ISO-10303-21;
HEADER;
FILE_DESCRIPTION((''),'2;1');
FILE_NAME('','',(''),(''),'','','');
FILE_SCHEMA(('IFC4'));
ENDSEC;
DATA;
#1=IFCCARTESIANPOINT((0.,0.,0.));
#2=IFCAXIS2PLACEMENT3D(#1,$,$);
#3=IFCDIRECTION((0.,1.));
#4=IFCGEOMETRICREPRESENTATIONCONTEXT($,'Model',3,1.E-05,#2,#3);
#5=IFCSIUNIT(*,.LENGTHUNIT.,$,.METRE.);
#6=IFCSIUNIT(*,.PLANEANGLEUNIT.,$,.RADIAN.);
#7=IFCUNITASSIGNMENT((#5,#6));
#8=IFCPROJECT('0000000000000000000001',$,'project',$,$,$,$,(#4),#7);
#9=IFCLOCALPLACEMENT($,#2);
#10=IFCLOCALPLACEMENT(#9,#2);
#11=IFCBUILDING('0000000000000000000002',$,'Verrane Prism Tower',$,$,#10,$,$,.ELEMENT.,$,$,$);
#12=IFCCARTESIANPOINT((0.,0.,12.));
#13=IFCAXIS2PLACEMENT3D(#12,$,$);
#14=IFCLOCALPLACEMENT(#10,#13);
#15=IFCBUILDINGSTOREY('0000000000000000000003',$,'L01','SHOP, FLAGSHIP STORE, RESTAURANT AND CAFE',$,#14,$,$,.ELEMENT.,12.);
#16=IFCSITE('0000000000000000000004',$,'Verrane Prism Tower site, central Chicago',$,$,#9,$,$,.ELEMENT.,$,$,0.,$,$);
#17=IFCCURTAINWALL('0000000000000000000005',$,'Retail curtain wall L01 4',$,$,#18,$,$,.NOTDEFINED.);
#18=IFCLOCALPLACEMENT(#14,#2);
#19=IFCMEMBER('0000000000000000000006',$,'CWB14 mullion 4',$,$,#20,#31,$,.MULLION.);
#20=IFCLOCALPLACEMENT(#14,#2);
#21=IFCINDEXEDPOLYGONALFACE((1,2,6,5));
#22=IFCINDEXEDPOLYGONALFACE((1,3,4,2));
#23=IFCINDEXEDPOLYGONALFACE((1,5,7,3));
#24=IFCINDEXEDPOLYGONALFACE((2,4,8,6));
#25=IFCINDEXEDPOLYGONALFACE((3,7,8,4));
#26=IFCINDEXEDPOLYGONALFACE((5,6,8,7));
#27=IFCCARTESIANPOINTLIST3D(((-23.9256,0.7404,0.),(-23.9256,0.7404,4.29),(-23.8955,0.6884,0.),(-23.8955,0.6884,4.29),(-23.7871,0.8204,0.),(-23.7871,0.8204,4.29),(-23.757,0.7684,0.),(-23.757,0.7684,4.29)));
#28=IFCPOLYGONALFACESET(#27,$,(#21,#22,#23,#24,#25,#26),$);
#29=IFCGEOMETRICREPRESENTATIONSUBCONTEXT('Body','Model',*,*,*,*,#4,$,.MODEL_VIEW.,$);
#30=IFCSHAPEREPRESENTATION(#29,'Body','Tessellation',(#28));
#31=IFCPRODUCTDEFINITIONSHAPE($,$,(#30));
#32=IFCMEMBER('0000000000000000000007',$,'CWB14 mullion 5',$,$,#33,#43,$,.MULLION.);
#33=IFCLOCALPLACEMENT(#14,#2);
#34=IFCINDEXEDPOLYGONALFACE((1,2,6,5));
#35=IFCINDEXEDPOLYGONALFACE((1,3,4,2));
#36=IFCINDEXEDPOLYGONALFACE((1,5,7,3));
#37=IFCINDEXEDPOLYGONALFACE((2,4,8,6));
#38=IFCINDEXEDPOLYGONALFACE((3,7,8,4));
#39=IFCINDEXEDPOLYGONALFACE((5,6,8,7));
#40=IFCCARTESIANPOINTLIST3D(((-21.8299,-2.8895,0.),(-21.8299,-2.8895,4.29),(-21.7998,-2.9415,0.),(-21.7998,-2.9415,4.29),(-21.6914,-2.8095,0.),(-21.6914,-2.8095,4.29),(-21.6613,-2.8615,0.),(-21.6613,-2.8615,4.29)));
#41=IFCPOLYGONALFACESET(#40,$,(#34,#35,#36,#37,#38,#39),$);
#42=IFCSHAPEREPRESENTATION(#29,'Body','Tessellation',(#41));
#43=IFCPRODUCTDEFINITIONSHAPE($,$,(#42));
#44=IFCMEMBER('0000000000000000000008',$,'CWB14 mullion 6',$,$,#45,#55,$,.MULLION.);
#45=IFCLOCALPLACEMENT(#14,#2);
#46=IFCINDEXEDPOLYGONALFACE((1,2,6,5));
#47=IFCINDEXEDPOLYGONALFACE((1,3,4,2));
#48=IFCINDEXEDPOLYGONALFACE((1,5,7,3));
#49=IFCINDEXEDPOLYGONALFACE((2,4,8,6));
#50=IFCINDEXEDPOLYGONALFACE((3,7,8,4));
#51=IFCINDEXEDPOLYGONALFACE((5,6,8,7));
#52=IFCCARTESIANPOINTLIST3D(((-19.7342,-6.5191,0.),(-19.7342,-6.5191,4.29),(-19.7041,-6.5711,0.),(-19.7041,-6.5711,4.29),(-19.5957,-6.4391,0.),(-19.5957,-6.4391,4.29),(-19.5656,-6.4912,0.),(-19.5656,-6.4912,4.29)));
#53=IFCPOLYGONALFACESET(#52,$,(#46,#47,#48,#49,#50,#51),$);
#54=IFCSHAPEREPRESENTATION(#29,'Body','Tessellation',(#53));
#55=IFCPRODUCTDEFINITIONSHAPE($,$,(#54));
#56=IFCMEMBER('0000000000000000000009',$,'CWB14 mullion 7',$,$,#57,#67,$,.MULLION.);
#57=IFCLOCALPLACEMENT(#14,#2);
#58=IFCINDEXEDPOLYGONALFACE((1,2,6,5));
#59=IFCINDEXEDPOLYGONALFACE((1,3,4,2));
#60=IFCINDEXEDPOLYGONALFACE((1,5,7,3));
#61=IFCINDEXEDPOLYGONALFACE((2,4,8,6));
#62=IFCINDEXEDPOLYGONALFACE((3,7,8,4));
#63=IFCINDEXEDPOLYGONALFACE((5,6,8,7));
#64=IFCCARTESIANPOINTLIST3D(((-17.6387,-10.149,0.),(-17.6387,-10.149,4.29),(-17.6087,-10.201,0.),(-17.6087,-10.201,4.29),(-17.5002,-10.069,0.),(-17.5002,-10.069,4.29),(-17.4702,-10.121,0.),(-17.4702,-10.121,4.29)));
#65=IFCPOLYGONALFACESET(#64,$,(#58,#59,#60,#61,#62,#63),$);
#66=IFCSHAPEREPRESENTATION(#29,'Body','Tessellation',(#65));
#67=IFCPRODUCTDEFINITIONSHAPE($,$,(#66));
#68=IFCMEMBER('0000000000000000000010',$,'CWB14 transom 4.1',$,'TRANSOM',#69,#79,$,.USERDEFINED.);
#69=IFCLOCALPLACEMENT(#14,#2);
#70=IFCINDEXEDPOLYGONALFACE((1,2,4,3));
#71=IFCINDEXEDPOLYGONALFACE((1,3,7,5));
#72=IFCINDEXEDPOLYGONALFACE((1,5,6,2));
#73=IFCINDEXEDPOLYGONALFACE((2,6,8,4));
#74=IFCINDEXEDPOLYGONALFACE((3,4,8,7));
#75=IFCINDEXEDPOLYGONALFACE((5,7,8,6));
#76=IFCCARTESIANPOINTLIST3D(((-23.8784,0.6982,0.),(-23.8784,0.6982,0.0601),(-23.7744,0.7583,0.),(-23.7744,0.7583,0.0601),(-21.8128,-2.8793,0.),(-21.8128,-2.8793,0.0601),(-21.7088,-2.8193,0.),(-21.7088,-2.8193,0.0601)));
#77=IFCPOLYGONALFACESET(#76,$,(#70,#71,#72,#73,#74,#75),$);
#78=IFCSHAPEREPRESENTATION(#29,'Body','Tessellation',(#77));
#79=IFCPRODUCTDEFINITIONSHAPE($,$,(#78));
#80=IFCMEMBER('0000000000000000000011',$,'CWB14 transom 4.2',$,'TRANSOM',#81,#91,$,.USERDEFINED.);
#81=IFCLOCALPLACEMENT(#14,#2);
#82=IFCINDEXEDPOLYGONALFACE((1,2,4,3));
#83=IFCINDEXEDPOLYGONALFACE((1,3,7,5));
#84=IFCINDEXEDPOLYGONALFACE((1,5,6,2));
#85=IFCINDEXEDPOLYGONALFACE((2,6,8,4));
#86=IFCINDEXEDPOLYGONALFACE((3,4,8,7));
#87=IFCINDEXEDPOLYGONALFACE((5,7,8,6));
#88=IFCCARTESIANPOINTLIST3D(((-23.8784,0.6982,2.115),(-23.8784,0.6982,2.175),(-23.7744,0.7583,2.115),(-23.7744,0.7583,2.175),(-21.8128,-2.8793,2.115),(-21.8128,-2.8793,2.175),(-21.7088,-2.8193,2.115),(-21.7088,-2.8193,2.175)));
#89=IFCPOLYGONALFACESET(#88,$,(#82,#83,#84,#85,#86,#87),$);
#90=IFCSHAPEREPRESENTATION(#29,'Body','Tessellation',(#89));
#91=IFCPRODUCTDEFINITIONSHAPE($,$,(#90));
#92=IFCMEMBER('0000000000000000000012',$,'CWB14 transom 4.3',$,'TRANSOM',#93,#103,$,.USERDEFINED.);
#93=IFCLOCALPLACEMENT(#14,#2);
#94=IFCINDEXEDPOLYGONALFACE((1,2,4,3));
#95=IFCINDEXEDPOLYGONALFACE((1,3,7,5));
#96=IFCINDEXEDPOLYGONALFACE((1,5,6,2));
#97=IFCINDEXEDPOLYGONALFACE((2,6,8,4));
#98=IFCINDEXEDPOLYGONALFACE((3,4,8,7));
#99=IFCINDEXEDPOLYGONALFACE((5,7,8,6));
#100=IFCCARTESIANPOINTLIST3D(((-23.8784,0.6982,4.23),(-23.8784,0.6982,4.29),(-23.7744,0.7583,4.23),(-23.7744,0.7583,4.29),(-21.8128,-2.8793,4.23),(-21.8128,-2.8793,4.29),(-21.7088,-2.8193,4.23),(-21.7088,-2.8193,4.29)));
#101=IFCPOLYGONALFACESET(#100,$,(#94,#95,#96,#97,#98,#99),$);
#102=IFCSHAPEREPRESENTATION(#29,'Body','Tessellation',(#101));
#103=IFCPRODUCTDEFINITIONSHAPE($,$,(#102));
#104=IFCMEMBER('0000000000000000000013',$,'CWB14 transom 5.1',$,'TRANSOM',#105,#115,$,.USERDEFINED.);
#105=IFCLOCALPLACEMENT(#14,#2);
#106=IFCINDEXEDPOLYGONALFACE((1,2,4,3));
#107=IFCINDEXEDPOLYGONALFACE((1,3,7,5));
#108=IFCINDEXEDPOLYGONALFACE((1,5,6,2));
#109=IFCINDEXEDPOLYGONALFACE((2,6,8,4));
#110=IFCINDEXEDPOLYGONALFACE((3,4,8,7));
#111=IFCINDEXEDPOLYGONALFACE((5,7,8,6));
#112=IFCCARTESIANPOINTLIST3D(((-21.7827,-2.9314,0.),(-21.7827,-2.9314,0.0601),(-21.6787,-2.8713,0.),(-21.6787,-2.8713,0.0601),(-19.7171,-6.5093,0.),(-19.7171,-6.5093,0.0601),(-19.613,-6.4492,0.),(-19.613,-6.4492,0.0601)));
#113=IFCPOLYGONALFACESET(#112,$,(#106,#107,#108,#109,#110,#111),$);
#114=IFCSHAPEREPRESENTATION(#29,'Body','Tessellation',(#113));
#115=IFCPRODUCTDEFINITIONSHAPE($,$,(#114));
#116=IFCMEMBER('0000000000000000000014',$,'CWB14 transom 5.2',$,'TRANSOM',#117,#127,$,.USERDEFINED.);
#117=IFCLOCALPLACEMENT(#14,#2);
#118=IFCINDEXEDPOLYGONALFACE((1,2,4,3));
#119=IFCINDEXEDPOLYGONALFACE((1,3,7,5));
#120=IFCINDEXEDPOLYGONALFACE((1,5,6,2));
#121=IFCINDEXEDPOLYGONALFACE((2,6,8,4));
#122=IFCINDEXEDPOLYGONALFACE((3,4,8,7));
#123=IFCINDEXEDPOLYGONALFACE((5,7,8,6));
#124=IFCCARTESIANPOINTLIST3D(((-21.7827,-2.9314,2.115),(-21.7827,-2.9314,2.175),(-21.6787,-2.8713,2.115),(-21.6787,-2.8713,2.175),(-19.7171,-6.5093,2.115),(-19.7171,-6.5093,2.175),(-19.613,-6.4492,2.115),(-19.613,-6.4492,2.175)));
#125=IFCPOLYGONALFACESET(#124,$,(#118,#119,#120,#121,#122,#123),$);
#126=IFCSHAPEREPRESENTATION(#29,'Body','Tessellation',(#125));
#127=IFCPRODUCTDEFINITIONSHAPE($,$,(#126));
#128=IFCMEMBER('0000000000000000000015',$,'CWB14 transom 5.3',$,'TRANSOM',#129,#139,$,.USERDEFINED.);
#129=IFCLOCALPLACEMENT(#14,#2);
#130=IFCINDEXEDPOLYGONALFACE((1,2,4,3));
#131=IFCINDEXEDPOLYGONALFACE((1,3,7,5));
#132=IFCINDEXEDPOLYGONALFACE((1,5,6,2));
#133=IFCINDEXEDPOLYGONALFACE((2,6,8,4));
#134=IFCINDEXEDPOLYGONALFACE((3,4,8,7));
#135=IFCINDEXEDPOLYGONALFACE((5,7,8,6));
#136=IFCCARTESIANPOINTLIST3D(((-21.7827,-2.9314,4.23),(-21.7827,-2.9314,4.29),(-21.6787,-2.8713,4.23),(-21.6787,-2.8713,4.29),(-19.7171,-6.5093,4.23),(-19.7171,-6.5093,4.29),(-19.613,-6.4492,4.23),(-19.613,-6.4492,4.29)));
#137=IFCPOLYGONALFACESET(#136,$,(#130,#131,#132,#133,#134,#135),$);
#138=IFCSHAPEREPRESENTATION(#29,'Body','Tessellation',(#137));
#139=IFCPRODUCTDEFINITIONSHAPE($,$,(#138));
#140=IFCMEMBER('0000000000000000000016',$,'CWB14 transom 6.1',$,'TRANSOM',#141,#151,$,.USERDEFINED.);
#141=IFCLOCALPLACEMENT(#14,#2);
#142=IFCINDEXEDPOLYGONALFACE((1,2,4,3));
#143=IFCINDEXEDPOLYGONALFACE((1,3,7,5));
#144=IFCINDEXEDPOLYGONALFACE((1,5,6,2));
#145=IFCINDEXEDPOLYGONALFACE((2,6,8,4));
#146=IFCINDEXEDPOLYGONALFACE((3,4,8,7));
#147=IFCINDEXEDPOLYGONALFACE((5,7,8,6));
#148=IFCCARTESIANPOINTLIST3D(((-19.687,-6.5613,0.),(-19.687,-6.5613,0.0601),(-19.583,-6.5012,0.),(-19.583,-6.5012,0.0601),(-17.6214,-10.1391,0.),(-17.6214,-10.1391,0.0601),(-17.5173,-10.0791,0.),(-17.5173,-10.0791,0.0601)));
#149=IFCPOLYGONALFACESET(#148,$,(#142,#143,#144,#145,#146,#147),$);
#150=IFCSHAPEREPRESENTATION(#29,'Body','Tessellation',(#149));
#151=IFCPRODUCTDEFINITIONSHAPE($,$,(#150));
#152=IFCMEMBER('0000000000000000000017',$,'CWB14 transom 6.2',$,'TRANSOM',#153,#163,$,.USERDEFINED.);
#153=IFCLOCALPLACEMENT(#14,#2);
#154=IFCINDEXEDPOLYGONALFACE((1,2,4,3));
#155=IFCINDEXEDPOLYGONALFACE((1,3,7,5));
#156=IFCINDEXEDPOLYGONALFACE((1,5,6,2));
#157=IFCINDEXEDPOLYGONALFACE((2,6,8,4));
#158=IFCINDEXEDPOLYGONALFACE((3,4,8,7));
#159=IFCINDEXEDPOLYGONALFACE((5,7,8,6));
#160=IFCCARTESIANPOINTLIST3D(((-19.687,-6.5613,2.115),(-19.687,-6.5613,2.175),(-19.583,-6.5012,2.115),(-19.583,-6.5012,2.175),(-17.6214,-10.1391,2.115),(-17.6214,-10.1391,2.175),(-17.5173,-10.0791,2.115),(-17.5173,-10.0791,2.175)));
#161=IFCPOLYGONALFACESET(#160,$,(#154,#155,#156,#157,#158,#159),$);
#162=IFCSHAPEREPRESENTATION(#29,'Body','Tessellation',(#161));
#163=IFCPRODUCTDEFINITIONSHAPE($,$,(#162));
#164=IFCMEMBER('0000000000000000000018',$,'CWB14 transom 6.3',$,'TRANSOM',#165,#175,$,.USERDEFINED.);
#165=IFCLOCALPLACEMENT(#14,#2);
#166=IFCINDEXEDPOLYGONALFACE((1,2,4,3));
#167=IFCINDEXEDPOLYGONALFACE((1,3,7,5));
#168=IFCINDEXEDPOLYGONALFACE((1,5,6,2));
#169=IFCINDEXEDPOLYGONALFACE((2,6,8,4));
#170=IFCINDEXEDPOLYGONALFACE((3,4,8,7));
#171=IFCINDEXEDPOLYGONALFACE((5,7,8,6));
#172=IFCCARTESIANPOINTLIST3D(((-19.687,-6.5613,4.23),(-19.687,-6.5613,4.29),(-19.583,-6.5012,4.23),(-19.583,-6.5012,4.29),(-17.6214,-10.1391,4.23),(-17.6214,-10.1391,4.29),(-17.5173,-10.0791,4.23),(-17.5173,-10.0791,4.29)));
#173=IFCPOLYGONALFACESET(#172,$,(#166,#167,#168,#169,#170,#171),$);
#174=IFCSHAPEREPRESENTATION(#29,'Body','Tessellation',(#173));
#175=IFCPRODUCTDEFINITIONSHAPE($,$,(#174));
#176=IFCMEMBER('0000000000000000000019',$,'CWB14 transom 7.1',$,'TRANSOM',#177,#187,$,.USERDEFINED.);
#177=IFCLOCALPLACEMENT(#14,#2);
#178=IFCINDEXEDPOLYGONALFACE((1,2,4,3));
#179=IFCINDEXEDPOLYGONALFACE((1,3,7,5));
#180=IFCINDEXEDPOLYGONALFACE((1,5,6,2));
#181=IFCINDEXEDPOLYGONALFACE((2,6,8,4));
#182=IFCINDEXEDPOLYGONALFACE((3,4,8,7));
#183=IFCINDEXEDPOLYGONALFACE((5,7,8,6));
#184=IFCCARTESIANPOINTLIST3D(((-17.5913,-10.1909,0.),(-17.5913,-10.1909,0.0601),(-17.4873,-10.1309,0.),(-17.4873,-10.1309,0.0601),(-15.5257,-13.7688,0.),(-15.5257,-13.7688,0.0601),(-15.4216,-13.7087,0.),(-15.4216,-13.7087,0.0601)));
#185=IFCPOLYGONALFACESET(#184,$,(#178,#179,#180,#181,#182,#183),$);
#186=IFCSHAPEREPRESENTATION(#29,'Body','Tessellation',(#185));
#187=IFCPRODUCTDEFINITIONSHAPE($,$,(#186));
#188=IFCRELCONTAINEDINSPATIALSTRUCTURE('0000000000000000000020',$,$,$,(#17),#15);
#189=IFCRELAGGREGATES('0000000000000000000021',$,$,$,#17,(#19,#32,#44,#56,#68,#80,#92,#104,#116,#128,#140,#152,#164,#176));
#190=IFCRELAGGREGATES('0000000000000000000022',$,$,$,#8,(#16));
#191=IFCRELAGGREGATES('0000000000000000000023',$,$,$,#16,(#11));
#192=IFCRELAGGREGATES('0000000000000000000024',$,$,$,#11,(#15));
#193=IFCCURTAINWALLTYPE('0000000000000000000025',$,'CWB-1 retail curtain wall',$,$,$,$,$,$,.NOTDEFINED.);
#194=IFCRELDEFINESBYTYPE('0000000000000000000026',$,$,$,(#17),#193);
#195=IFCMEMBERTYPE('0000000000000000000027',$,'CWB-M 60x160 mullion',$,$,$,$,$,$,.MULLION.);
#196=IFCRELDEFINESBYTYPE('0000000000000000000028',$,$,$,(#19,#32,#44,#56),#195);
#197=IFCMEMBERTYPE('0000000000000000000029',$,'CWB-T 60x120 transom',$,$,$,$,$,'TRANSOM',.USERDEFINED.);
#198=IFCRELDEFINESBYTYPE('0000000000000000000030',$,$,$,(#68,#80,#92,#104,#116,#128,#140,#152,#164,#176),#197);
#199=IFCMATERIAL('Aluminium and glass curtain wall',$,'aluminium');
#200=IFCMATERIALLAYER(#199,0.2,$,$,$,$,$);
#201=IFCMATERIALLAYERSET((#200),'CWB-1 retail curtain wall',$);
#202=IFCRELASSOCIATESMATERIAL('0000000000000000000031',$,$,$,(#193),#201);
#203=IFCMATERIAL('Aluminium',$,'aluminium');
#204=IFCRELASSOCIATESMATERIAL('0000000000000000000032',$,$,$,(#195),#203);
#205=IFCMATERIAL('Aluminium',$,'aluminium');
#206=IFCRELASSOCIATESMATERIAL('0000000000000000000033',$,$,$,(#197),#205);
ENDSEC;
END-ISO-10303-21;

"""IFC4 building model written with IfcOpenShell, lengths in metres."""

from ifc_helpers import new_model, si_unit, direction, frame, origin, origin_2d, place, context, subcontext, project, spatial, rectangle, extrude, material, layer, layer_set, material_profile, profile_set, type_object, element, aggregate, save


model = new_model("IFC4")

# Units and contexts
model_context = context("Model", 3, precision=1e-05, world=origin(), true_north=direction((0.0, 1.0)))
body_context = subcontext(model_context, "Body", "Model", "MODEL_VIEW")
ifc_project = project(units=[si_unit("LENGTHUNIT", "METRE"), si_unit("PLANEANGLEUNIT", "RADIAN")], contexts=[model_context])

# Site, building, storey
site_placement = place(None, origin())
site = spatial("IfcSite", under=ifc_project, at=site_placement, Name="Verrane Prism Tower site, central Chicago", CompositionType="ELEMENT", RefElevation=0.0)
building_placement = place(site_placement, origin())
building = spatial("IfcBuilding", under=site, at=building_placement, Name="Verrane Prism Tower", CompositionType="ELEMENT")
storey_placement = place(building_placement, frame((0.0, 0.0, 12.0)))
storey = spatial("IfcBuildingStorey", under=building, at=storey_placement, Name="L01", Description="SHOP, FLAGSHIP STORE, RESTAURANT AND CAFE", CompositionType="ELEMENT", Elevation=12.0)

# Curtain wall, members
ifc_material_1 = material(Name="Aluminium and glass curtain wall", Category="aluminium")
ifc_layer_1 = layer(ifc_material_1, 0.2)
ifc_layer_set_1 = layer_set([ifc_layer_1], Name="CWB-1 retail curtain wall")
curtain_wall_type = type_object("IfcCurtainWallType", Name="CWB-1 retail curtain wall", PredefinedType="NOTDEFINED", material=ifc_layer_set_1)
curtain_wall_placement = place(storey_placement, origin())
curtain_wall = element("IfcCurtainWall", 1, at=curtain_wall_placement, inside=storey, type_object=curtain_wall_type, Name="Retail curtain wall L01 4", PredefinedType="NOTDEFINED")
ifc_material_2 = material(Name="Aluminium", Category="aluminium")
ifc_material_profile_1 = material_profile(ifc_material_2, rectangle(XDim=0.1599, YDim=0.0601, at=origin_2d()), Name="CWB-M 60x160 mullion")
ifc_profile_set_1 = profile_set([ifc_material_profile_1], Name="Aluminium")
member_type_1 = type_object("IfcMemberType", Name="CWB-M 60x160 mullion", PredefinedType="MULLION", material=ifc_profile_set_1)
member_1_placement = place(storey_placement, frame((-23.8413, 0.7544, 0.0), z_axis=(0.0, 0.0, 1.0), x_axis=(0.866025, 0.5, 0.0)))
member_1 = element("IfcMember", 2, at=member_1_placement, type_object=member_type_1, Name="CWB14 mullion 4", PredefinedType="MULLION", context=body_context, shape_type="SweptSolid", body=[
    extrude(rectangle(XDim=0.1599, YDim=0.0601, at=origin_2d()), origin(), (0.0, 0.0, 1.0), 4.29),
])
member_2_placement = place(storey_placement, frame((-21.7456, -2.8755, 0.0), z_axis=(0.0, 0.0, 1.0), x_axis=(0.866025, 0.5, 0.0)))
member_2 = element("IfcMember", 3, at=member_2_placement, type_object=member_type_1, Name="CWB14 mullion 5", PredefinedType="MULLION", context=body_context, shape_type="SweptSolid", body=[
    extrude(rectangle(XDim=0.1599, YDim=0.0601, at=origin_2d()), origin(), (0.0, 0.0, 1.0), 4.29),
])
member_3_placement = place(storey_placement, frame((-19.6499, -6.5051, 0.0), z_axis=(0.0, 0.0, 1.0), x_axis=(0.866025, 0.5, 0.0)))
member_3 = element("IfcMember", 4, at=member_3_placement, type_object=member_type_1, Name="CWB14 mullion 6", PredefinedType="MULLION", context=body_context, shape_type="SweptSolid", body=[
    extrude(rectangle(XDim=0.1599, YDim=0.0601, at=origin_2d()), origin(), (0.0, 0.0, 1.0), 4.29),
])
member_4_placement = place(storey_placement, frame((-17.5544, -10.135, 0.0), z_axis=(0.0, 0.0, 1.0), x_axis=(0.866025, 0.5, 0.0)))
member_4 = element("IfcMember", 5, at=member_4_placement, type_object=member_type_1, Name="CWB14 mullion 7", PredefinedType="MULLION", context=body_context, shape_type="SweptSolid", body=[
    extrude(rectangle(XDim=0.1599, YDim=0.0601, at=origin_2d()), origin(), (0.0, 0.0, 1.0), 4.29),
])
ifc_material_3 = material(Name="Aluminium", Category="aluminium")
ifc_material_profile_2 = material_profile(ifc_material_3, rectangle(XDim=0.1201, YDim=0.0601, at=origin_2d()), Name="CWB-T 60x120 transom")
ifc_profile_set_2 = profile_set([ifc_material_profile_2], Name="Aluminium")
member_type_2 = type_object("IfcMemberType", Name="CWB-T 60x120 transom", ElementType="TRANSOM", PredefinedType="USERDEFINED", material=ifc_profile_set_2)
member_5_placement = place(storey_placement, frame((-23.8264, 0.7283, 0.03), z_axis=(0.500023, -0.866012, 0.0), x_axis=(0.866012, 0.500023, 0.0)))
member_5 = element("IfcMember", 6, at=member_5_placement, type_object=member_type_2, Name="CWB14 transom 4.1", ObjectType="TRANSOM", PredefinedType="USERDEFINED", context=body_context, shape_type="SweptSolid", body=[
    extrude(rectangle(XDim=0.1201, YDim=0.0601, at=origin_2d()), origin(), (0.0, 0.0, 1.0), 4.1311),
])
member_6_placement = place(storey_placement, frame((-23.8264, 0.7283, 2.145), z_axis=(0.500023, -0.866012, 0.0), x_axis=(0.866012, 0.500023, 0.0)))
member_6 = element("IfcMember", 7, at=member_6_placement, type_object=member_type_2, Name="CWB14 transom 4.2", ObjectType="TRANSOM", PredefinedType="USERDEFINED", context=body_context, shape_type="SweptSolid", body=[
    extrude(rectangle(XDim=0.1201, YDim=0.0601, at=origin_2d()), origin(), (0.0, 0.0, 1.0), 4.1311),
])
member_7_placement = place(storey_placement, frame((-23.8264, 0.7283, 4.26), z_axis=(0.500023, -0.866012, 0.0), x_axis=(0.866012, 0.500023, 0.0)))
member_7 = element("IfcMember", 8, at=member_7_placement, type_object=member_type_2, Name="CWB14 transom 4.3", ObjectType="TRANSOM", PredefinedType="USERDEFINED", context=body_context, shape_type="SweptSolid", body=[
    extrude(rectangle(XDim=0.1201, YDim=0.0601, at=origin_2d()), origin(), (0.0, 0.0, 1.0), 4.1311),
])
member_8_placement = place(storey_placement, frame((-21.7307, -2.9014, 0.03), z_axis=(0.499997, -0.866027, 0.0), x_axis=(0.866027, 0.499997, 0.0)))
member_8 = element("IfcMember", 9, at=member_8_placement, type_object=member_type_2, Name="CWB14 transom 5.1", ObjectType="TRANSOM", PredefinedType="USERDEFINED", context=body_context, shape_type="SweptSolid", body=[
    extrude(rectangle(XDim=0.1201, YDim=0.0601, at=origin_2d()), origin(), (0.0, 0.0, 1.0), 4.1313),
])
member_9_placement = place(storey_placement, frame((-21.7307, -2.9014, 2.145), z_axis=(0.499997, -0.866027, 0.0), x_axis=(0.866027, 0.499997, 0.0)))
member_9 = element("IfcMember", 10, at=member_9_placement, type_object=member_type_2, Name="CWB14 transom 5.2", ObjectType="TRANSOM", PredefinedType="USERDEFINED", context=body_context, shape_type="SweptSolid", body=[
    extrude(rectangle(XDim=0.1201, YDim=0.0601, at=origin_2d()), origin(), (0.0, 0.0, 1.0), 4.1313),
])
member_10_placement = place(storey_placement, frame((-21.7307, -2.9014, 4.26), z_axis=(0.499997, -0.866027, 0.0), x_axis=(0.866027, 0.499997, 0.0)))
member_10 = element("IfcMember", 11, at=member_10_placement, type_object=member_type_2, Name="CWB14 transom 5.3", ObjectType="TRANSOM", PredefinedType="USERDEFINED", context=body_context, shape_type="SweptSolid", body=[
    extrude(rectangle(XDim=0.1201, YDim=0.0601, at=origin_2d()), origin(), (0.0, 0.0, 1.0), 4.1313),
])
member_11_placement = place(storey_placement, frame((-19.635, -6.5312, 0.03), z_axis=(0.499997, -0.866027, 0.0), x_axis=(0.866027, 0.499997, 0.0)))
member_11 = element("IfcMember", 12, at=member_11_placement, type_object=member_type_2, Name="CWB14 transom 6.1", ObjectType="TRANSOM", PredefinedType="USERDEFINED", context=body_context, shape_type="SweptSolid", body=[
    extrude(rectangle(XDim=0.1201, YDim=0.0601, at=origin_2d()), origin(), (0.0, 0.0, 1.0), 4.1313),
])
member_12_placement = place(storey_placement, frame((-19.635, -6.5312, 2.145), z_axis=(0.499997, -0.866027, 0.0), x_axis=(0.866027, 0.499997, 0.0)))
member_12 = element("IfcMember", 13, at=member_12_placement, type_object=member_type_2, Name="CWB14 transom 6.2", ObjectType="TRANSOM", PredefinedType="USERDEFINED", context=body_context, shape_type="SweptSolid", body=[
    extrude(rectangle(XDim=0.1201, YDim=0.0601, at=origin_2d()), origin(), (0.0, 0.0, 1.0), 4.1313),
])
member_13_placement = place(storey_placement, frame((-19.635, -6.5312, 4.26), z_axis=(0.499997, -0.866027, 0.0), x_axis=(0.866027, 0.499997, 0.0)))
member_13 = element("IfcMember", 14, at=member_13_placement, type_object=member_type_2, Name="CWB14 transom 6.3", ObjectType="TRANSOM", PredefinedType="USERDEFINED", context=body_context, shape_type="SweptSolid", body=[
    extrude(rectangle(XDim=0.1201, YDim=0.0601, at=origin_2d()), origin(), (0.0, 0.0, 1.0), 4.1313),
])
member_14_placement = place(storey_placement, frame((-17.5393, -10.1609, 0.03), z_axis=(0.499997, -0.866027, 0.0), x_axis=(0.866027, 0.499997, 0.0)))
member_14 = element("IfcMember", 15, at=member_14_placement, type_object=member_type_2, Name="CWB14 transom 7.1", ObjectType="TRANSOM", PredefinedType="USERDEFINED", context=body_context, shape_type="SweptSolid", body=[
    extrude(rectangle(XDim=0.1201, YDim=0.0601, at=origin_2d()), origin(), (0.0, 0.0, 1.0), 4.1313),
])

aggregate(curtain_wall, [member_1, member_2, member_3, member_4, member_5, member_6, member_7, member_8, member_9, member_10, member_11, member_12, member_13, member_14])

save(model, "model.ifc")
